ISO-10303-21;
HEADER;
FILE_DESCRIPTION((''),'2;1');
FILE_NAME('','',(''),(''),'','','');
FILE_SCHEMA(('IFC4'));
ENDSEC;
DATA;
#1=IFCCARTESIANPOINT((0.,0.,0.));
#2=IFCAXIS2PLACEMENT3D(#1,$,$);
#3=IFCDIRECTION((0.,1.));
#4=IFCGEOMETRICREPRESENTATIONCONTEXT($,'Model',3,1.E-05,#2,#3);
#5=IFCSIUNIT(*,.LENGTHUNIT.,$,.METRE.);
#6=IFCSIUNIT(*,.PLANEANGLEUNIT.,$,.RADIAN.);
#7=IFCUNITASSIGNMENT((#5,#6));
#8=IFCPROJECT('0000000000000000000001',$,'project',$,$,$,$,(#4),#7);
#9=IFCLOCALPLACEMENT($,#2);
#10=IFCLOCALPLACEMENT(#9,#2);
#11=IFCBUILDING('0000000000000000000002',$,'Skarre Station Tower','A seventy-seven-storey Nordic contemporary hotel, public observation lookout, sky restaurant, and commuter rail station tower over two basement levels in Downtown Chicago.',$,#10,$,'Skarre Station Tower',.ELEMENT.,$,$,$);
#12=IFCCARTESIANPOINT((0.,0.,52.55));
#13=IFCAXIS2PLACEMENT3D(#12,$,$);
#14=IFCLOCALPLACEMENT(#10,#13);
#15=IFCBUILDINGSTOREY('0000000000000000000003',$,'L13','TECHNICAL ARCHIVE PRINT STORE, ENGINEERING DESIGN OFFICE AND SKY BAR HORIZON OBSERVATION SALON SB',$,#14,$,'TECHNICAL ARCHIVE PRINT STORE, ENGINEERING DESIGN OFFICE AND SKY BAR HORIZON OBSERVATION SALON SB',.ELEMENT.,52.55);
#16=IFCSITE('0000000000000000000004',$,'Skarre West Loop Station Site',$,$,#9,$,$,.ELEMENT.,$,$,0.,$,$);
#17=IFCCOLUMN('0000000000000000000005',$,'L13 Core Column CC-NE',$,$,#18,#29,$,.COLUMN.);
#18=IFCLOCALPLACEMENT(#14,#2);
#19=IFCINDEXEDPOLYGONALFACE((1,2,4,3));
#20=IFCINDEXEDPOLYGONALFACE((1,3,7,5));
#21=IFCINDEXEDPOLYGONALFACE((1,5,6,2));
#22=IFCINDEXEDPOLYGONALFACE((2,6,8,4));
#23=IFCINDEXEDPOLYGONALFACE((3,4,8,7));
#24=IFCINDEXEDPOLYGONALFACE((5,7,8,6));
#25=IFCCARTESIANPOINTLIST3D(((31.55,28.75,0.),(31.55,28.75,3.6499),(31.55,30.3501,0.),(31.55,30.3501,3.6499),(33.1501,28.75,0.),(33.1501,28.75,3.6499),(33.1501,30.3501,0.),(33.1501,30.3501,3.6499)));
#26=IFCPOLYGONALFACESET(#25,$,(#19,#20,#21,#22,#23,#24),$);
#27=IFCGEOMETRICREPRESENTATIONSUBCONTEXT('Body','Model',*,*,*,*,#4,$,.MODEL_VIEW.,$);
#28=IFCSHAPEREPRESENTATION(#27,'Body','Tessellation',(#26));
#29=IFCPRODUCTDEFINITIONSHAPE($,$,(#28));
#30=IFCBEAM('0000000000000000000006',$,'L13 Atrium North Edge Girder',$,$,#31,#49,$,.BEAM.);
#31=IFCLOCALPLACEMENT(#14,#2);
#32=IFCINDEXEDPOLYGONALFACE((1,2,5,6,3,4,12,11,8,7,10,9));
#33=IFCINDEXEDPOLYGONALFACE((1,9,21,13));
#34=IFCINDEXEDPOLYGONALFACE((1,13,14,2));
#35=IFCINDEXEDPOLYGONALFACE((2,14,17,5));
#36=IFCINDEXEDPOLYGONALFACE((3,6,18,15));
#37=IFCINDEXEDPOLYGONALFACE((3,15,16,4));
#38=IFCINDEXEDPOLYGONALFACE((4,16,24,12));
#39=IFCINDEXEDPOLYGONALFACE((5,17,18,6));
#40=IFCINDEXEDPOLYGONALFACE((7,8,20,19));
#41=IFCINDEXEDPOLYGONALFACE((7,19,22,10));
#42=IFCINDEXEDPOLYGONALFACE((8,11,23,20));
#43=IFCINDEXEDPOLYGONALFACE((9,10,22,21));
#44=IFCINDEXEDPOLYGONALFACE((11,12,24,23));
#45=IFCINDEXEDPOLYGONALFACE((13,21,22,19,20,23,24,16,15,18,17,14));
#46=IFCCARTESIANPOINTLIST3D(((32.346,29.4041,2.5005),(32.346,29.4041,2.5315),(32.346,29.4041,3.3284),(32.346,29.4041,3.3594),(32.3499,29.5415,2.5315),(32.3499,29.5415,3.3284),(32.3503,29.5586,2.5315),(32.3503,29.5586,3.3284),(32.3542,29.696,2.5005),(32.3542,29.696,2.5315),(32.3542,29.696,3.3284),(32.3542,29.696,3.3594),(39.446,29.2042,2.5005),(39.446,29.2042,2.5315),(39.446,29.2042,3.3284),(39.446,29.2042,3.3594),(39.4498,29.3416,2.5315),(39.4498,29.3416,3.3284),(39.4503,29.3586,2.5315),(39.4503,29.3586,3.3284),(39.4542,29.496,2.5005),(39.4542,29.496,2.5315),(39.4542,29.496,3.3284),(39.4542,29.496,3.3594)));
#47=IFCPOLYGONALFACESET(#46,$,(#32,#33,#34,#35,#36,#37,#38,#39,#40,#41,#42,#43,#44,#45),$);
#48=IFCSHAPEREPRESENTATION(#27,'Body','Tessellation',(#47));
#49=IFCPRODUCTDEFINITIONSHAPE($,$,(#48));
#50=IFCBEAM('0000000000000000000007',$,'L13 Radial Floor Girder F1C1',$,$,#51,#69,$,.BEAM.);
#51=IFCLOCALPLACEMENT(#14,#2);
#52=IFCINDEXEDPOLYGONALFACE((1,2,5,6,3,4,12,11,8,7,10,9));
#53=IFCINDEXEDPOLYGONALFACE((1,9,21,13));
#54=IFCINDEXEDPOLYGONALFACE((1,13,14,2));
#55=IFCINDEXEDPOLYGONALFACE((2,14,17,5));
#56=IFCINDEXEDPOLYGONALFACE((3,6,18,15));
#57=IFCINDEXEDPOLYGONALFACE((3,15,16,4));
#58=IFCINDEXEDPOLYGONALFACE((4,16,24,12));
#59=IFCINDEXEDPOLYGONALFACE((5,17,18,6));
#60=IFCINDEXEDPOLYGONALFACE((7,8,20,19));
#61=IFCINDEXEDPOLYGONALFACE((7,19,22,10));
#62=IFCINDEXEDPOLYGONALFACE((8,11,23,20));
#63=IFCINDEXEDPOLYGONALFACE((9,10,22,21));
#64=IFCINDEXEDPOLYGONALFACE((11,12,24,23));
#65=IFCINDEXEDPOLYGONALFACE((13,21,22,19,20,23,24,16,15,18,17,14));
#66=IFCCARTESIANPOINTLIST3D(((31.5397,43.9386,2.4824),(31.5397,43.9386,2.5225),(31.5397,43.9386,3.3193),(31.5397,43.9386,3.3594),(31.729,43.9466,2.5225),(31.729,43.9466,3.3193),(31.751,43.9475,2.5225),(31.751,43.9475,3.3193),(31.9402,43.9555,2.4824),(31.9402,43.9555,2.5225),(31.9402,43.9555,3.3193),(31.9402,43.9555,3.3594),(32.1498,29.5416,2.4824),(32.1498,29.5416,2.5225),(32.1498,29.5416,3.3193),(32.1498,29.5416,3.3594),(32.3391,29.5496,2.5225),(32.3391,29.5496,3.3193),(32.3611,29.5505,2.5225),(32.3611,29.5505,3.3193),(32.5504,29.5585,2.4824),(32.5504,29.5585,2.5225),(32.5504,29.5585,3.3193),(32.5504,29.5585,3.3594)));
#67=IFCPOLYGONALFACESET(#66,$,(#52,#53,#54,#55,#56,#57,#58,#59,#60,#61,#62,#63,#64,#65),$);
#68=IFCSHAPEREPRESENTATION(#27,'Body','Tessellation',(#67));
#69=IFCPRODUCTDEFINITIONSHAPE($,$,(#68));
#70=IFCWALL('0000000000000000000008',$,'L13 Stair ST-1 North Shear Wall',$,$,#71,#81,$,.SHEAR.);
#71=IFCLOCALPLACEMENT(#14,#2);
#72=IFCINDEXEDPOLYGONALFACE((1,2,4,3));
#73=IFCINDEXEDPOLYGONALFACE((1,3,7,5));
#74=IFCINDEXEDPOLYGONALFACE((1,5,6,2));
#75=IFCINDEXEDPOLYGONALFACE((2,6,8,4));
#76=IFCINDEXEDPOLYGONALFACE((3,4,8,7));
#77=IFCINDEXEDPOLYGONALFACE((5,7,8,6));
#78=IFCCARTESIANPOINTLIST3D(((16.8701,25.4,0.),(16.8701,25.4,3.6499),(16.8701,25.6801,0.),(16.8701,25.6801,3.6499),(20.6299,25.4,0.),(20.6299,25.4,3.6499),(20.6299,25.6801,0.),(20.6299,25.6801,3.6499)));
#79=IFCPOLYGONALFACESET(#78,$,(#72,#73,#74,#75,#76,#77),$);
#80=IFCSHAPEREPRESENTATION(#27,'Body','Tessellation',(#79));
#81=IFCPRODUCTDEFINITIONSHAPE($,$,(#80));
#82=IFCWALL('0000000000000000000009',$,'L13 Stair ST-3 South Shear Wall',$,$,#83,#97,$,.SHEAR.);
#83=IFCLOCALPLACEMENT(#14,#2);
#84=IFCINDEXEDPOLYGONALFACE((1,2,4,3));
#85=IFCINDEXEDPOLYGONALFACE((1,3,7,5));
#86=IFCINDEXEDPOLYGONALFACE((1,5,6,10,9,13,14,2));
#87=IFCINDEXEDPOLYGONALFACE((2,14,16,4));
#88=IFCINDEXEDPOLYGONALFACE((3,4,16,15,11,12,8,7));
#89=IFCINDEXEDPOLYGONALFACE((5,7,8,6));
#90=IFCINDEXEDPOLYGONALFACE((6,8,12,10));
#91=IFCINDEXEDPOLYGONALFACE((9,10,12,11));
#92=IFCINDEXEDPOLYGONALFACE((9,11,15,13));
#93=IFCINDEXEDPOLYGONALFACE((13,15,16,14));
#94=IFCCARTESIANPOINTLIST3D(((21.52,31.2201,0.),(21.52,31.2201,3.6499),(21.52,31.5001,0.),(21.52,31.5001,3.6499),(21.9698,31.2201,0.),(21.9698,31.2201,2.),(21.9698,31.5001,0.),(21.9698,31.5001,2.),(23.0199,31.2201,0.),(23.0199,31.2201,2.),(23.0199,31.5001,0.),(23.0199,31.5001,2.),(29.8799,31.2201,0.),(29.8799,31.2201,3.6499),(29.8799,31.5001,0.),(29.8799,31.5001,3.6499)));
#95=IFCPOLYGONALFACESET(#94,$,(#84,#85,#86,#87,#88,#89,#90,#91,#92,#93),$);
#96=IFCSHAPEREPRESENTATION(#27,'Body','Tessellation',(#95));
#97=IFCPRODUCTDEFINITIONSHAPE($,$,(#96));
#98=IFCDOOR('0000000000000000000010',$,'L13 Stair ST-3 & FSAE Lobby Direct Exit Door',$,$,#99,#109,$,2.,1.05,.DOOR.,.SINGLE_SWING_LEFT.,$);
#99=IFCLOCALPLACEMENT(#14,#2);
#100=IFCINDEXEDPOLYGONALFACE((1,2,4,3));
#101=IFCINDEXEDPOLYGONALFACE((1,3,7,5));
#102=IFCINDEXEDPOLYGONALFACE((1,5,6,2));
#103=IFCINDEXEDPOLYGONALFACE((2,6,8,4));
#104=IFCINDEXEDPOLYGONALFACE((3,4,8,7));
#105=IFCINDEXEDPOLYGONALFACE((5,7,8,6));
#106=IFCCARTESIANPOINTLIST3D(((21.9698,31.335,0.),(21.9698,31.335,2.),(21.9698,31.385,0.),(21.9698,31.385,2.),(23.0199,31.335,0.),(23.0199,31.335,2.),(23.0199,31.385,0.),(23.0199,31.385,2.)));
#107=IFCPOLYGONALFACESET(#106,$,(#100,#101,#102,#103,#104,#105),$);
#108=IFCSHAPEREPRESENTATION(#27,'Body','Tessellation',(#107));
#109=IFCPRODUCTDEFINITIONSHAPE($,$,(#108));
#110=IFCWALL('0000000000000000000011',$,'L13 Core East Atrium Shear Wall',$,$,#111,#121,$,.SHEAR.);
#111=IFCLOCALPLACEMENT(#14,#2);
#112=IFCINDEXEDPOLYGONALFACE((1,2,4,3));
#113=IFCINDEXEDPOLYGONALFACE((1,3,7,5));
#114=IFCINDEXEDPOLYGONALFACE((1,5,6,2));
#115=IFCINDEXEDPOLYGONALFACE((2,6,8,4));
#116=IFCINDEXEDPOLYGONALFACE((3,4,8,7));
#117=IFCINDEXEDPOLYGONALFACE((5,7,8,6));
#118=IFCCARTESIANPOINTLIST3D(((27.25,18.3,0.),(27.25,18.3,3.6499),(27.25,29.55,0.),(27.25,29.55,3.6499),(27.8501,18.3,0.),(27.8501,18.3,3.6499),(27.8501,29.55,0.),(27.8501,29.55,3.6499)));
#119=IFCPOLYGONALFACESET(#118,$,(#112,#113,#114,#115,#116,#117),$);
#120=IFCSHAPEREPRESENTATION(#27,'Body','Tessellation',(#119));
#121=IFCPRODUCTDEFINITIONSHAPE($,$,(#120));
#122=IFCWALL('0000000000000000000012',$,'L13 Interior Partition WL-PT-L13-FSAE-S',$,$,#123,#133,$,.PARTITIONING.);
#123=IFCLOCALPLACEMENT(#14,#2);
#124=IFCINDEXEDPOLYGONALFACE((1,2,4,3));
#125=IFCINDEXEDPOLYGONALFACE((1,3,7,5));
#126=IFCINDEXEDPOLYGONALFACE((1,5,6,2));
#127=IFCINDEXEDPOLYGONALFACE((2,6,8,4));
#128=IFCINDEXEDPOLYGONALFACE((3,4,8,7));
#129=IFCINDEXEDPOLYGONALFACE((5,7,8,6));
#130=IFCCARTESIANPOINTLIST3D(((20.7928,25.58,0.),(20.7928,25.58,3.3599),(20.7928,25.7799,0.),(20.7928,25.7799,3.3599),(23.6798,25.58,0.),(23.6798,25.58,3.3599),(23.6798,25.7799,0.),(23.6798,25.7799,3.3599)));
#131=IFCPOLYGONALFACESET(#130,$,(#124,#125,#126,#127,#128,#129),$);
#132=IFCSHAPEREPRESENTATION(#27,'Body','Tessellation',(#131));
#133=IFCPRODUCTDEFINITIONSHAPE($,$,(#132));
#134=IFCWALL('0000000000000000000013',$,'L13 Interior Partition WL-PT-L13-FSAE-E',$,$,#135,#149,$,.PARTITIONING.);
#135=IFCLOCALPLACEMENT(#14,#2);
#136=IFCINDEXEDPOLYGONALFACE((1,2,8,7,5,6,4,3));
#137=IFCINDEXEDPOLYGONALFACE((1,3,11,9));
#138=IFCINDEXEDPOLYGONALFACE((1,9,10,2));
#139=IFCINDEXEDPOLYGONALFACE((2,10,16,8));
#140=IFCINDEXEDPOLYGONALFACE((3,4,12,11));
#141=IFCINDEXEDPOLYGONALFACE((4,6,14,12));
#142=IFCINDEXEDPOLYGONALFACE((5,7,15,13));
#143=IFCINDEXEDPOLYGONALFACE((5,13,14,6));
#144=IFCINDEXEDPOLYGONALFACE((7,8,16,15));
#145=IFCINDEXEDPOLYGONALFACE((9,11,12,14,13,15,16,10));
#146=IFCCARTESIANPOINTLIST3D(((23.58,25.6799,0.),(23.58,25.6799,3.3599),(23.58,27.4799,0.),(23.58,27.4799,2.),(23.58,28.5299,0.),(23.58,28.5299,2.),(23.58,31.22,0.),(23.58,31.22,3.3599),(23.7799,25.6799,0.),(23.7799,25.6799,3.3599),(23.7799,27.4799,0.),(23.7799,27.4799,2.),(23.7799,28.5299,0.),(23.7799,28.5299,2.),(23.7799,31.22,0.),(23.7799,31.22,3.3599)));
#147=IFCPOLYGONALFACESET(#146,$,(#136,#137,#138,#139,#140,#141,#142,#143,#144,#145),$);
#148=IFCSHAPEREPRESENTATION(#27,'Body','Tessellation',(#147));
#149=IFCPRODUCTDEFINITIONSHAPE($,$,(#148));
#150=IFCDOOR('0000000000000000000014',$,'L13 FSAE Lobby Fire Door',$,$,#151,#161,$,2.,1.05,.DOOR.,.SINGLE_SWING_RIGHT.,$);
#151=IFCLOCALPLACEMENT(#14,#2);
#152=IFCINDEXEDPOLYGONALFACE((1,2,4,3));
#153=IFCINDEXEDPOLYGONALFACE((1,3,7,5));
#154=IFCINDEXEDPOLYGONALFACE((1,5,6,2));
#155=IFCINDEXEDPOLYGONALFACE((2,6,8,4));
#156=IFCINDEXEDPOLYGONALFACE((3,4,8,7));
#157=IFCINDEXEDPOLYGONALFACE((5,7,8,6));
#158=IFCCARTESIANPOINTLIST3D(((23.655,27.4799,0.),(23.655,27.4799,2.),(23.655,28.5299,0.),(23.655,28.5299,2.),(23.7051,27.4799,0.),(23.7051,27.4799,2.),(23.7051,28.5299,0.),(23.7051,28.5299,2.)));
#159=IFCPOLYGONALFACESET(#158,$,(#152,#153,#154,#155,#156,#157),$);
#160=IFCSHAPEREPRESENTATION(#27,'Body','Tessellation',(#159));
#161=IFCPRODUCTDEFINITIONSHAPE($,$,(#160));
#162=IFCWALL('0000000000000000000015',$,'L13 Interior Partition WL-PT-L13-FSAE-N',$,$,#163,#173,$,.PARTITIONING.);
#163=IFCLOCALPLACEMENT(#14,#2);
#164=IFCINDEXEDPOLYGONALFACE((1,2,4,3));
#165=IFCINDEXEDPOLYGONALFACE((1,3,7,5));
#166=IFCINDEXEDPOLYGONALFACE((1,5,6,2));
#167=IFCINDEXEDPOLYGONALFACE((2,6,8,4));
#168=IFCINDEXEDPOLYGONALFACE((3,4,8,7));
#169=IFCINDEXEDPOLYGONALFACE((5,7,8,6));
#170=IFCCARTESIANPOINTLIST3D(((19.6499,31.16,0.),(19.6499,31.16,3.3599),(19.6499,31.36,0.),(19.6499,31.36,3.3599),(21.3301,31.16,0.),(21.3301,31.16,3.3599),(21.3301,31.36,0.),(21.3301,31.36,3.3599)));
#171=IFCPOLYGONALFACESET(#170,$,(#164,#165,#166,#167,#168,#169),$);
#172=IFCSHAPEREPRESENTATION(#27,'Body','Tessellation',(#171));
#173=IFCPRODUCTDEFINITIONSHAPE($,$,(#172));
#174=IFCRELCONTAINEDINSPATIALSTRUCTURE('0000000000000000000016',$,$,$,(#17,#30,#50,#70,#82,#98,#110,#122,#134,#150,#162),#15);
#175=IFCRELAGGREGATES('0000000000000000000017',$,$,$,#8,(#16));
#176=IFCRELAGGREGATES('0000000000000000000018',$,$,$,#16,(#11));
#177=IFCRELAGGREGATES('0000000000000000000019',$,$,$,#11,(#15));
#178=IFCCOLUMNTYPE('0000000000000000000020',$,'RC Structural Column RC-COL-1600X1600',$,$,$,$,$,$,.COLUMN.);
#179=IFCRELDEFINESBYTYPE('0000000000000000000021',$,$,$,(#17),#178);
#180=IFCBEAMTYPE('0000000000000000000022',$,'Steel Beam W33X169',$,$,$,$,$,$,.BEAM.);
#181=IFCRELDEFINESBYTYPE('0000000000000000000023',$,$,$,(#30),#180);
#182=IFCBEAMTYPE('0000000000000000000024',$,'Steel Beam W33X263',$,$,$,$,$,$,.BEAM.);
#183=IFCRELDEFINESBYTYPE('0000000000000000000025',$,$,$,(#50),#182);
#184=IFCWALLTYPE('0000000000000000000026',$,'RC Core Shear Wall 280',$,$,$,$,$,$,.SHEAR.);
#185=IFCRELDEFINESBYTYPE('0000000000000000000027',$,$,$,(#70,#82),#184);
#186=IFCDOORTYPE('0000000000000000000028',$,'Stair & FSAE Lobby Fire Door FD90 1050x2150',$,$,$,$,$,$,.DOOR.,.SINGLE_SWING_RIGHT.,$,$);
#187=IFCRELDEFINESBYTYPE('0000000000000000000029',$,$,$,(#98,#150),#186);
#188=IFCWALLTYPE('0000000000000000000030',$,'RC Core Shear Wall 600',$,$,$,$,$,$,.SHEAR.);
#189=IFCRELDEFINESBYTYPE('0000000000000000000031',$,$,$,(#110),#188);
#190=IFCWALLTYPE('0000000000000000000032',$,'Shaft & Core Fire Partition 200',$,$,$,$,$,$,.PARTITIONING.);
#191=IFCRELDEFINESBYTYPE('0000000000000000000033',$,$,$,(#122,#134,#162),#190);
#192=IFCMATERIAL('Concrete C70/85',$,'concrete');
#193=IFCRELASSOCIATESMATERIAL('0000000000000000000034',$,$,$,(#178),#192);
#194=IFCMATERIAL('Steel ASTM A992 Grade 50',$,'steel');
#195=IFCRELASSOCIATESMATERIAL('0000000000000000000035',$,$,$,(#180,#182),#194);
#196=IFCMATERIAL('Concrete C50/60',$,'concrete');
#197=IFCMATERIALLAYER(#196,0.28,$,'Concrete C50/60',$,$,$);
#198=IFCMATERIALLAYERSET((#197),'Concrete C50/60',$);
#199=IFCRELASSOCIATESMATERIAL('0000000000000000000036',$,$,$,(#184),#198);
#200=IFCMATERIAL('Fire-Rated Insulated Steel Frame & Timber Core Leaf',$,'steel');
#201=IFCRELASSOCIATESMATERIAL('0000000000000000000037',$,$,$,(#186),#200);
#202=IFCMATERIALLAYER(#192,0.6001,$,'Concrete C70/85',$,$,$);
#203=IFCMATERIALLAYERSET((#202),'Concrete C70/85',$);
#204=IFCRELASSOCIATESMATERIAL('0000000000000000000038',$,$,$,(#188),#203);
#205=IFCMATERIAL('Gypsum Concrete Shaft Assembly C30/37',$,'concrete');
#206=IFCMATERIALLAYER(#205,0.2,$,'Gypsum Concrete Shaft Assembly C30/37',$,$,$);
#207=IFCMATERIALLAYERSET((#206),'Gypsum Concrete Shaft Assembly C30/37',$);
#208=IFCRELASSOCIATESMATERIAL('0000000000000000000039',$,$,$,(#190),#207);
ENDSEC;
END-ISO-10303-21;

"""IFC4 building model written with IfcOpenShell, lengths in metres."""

from ifc_helpers import new_model, si_unit, direction, frame, frame_2d, origin, origin_2d, place, context, subcontext, project, spatial, rectangle, i_section, extrude, material, layer, layer_set, material_profile, profile_set, type_object, element, fill, save


model = new_model("IFC4")

# Units and contexts
model_context = context("Model", 3, precision=1e-05, world=origin(), true_north=direction((0.0, 1.0)))
body_context = subcontext(model_context, "Body", "Model", "MODEL_VIEW")
ifc_project = project(units=[si_unit("LENGTHUNIT", "METRE"), si_unit("PLANEANGLEUNIT", "RADIAN")], contexts=[model_context])

# Site, building, storey
site_placement = place(None, origin())
site = spatial("IfcSite", under=ifc_project, at=site_placement, Name="Skarre West Loop Station Site", CompositionType="ELEMENT", RefElevation=0.0)
building_placement = place(site_placement, origin())
building = spatial("IfcBuilding", under=site, at=building_placement, Name="Skarre Station Tower", Description="A seventy-seven-storey Nordic contemporary hotel, public observation lookout, sky restaurant, and commuter rail station tower over two basement levels in Downtown Chicago.", LongName="Skarre Station Tower", CompositionType="ELEMENT")
storey_placement = place(building_placement, frame((0.0, 0.0, 52.55)))
storey = spatial("IfcBuildingStorey", under=building, at=storey_placement, Name="L13", Description="TECHNICAL ARCHIVE PRINT STORE, ENGINEERING DESIGN OFFICE AND SKY BAR HORIZON OBSERVATION SALON SB", LongName="TECHNICAL ARCHIVE PRINT STORE, ENGINEERING DESIGN OFFICE AND SKY BAR HORIZON OBSERVATION SALON SB", CompositionType="ELEMENT", Elevation=52.55)

# Column
ifc_material_1 = material(Name="Concrete C70/85", Category="concrete")
ifc_material_profile_1 = material_profile(ifc_material_1, rectangle(XDim=1.6001, YDim=1.6001, at=origin_2d()), Name="Concrete C70/85")
ifc_profile_set_1 = profile_set([ifc_material_profile_1], Name="Concrete C70/85")
column_type = type_object("IfcColumnType", Name="RC Structural Column RC-COL-1600X1600", PredefinedType="COLUMN", material=ifc_profile_set_1)
column_placement = place(storey_placement, frame((32.3501, 29.55, 0.0), z_axis=(0.0, 0.0, 1.0), x_axis=(1.0, 0.0, 0.0)))
element("IfcColumn", 1, at=column_placement, inside=storey, type_object=column_type, Name="L13 Core Column CC-NE", PredefinedType="COLUMN", context=body_context, shape_type="SweptSolid", body=[
    extrude(rectangle(XDim=1.6001, YDim=1.6001, at=origin_2d()), origin(), (0.0, 0.0, 1.0), 3.6499),
])

# Beams
ifc_material_2 = material(Name="Steel ASTM A992 Grade 50", Category="steel")
ifc_material_profile_2 = material_profile(ifc_material_2, i_section(OverallWidth=0.292, OverallDepth=0.8589, WebThickness=0.0171, FlangeThickness=0.031, at=origin_2d()), Name="Steel ASTM A992 Grade 50")
ifc_profile_set_2 = profile_set([ifc_material_profile_2], Name="Steel ASTM A992 Grade 50")
beam_type_1 = type_object("IfcBeamType", Name="Steel Beam W33X169", PredefinedType="BEAM", material=ifc_profile_set_2)
beam_1_placement = place(storey_placement, frame((32.3501, 29.55, 2.9299), z_axis=(0.999604, -0.028152, 0.0), x_axis=(0.028152, 0.999604, 0.0)))
element("IfcBeam", 2, at=beam_1_placement, inside=storey, type_object=beam_type_1, Name="L13 Atrium North Edge Girder", PredefinedType="BEAM", context=body_context, shape_type="SweptSolid", body=[
    extrude(i_section(OverallWidth=0.292, OverallDepth=0.8589, WebThickness=0.0171, FlangeThickness=0.031, at=origin_2d()), origin(), (0.0, 0.0, 1.0), 7.1028),
])
ifc_material_profile_3 = material_profile(ifc_material_2, i_section(OverallWidth=0.4009, OverallDepth=0.877, WebThickness=0.022, FlangeThickness=0.04, at=origin_2d()), Name="Steel ASTM A992 Grade 50")
ifc_profile_set_3 = profile_set([ifc_material_profile_3], Name="Steel ASTM A992 Grade 50")
beam_type_2 = type_object("IfcBeamType", Name="Steel Beam W33X263", PredefinedType="BEAM", material=ifc_profile_set_3)
beam_2_placement = place(storey_placement, frame((32.3501, 29.55, 2.9209), z_axis=(-0.042339, 0.999103, 0.0), x_axis=(-0.999103, -0.042339, 0.0)))
element("IfcBeam", 3, at=beam_2_placement, inside=storey, type_object=beam_type_2, Name="L13 Radial Floor Girder F1C1", PredefinedType="BEAM", context=body_context, shape_type="SweptSolid", body=[
    extrude(i_section(OverallWidth=0.4009, OverallDepth=0.877, WebThickness=0.022, FlangeThickness=0.04, at=origin_2d()), origin(), (0.0, 0.0, 1.0), 14.4099),
])

# Wall
ifc_material_3 = material(Name="Concrete C50/60", Category="concrete")
ifc_layer_1 = layer(ifc_material_3, 0.28, Name="Concrete C50/60")
ifc_layer_set_1 = layer_set([ifc_layer_1], Name="Concrete C50/60")
wall_type_1 = type_object("IfcWallType", Name="RC Core Shear Wall 280", PredefinedType="SHEAR", material=ifc_layer_set_1)
wall_1_placement = place(storey_placement, frame((20.6299, 25.54, 0.0), z_axis=(0.0, 0.0, 1.0), x_axis=(-1.0, 0.0, 0.0)))
element("IfcWall", 4, at=wall_1_placement, inside=storey, type_object=wall_type_1, Name="L13 Stair ST-1 North Shear Wall", PredefinedType="SHEAR", context=body_context, shape_type="SweptSolid", body=[
    extrude(rectangle(XDim=3.7598, YDim=0.28, at=frame_2d((1.8799, 0.0))), origin(), (0.0, 0.0, 1.0), 3.6499),
])

# Wall, opening, door
wall_2_placement = place(storey_placement, frame((21.52, 31.3601, 0.0), z_axis=(0.0, 0.0, 1.0), x_axis=(1.0, 0.0, 0.0)))
wall_2 = element("IfcWall", 5, at=wall_2_placement, inside=storey, type_object=wall_type_1, Name="L13 Stair ST-3 South Shear Wall", PredefinedType="SHEAR", context=body_context, shape_type="SweptSolid", body=[
    extrude(rectangle(XDim=8.3599, YDim=0.28, at=frame_2d((4.1799, 0.0))), origin(), (0.0, 0.0, 1.0), 3.6499),
])
opening_1_placement = place(wall_2_placement, frame((0.45, 0.0, 0.0)))
opening_1 = element("IfcOpeningElement", 6, at=opening_1_placement, cuts=wall_2, PredefinedType="OPENING", context=body_context, shape_type="SweptSolid", body=[
    extrude(rectangle(XDim=1.05, YDim=2.0, at=frame_2d((0.5249, 1.0))), frame((0.0, 0.1499, 0.0), z_axis=(0.0, -1.0, 0.0), x_axis=(1.0, 0.0, 0.0)), (0.0, 0.0, 1.0), 0.3),
])
ifc_material_4 = material(Name="Fire-Rated Insulated Steel Frame & Timber Core Leaf", Category="steel")
door_type_1 = type_object("IfcDoorType", Name="Stair & FSAE Lobby Fire Door FD90 1050x2150", OperationType="SINGLE_SWING_RIGHT", PredefinedType="DOOR", material=ifc_material_4)
door_1_placement = place(opening_1_placement, origin())
door_1 = element("IfcDoor", 7, at=door_1_placement, inside=storey, type_object=door_type_1, Name="L13 Stair ST-3 & FSAE Lobby Direct Exit Door", OperationType="SINGLE_SWING_LEFT", OverallHeight=2.0, OverallWidth=1.05, PredefinedType="DOOR", context=body_context, shape_type="SweptSolid", body=[
    extrude(rectangle(XDim=1.05, YDim=2.0, at=frame_2d((0.5249, 1.0))), frame((0.0, 0.0249, 0.0), z_axis=(0.0, -1.0, 0.0), x_axis=(1.0, 0.0, 0.0)), (0.0, 0.0, 1.0), 0.05),
])
fill(opening_1, door_1)

# Walls
ifc_layer_2 = layer(ifc_material_1, 0.6001, Name="Concrete C70/85")
ifc_layer_set_2 = layer_set([ifc_layer_2], Name="Concrete C70/85")
wall_type_2 = type_object("IfcWallType", Name="RC Core Shear Wall 600", PredefinedType="SHEAR", material=ifc_layer_set_2)
wall_3_placement = place(storey_placement, frame((27.55, 29.55, 0.0), z_axis=(0.0, 0.0, 1.0), x_axis=(0.0, -1.0, 0.0)))
element("IfcWall", 8, at=wall_3_placement, inside=storey, type_object=wall_type_2, Name="L13 Core East Atrium Shear Wall", PredefinedType="SHEAR", context=body_context, shape_type="SweptSolid", body=[
    extrude(rectangle(XDim=11.25, YDim=0.6001, at=frame_2d((5.625, 0.0))), origin(), (0.0, 0.0, 1.0), 3.6499),
])
ifc_material_5 = material(Name="Gypsum Concrete Shaft Assembly C30/37", Category="concrete")
ifc_layer_3 = layer(ifc_material_5, 0.2, Name="Gypsum Concrete Shaft Assembly C30/37")
ifc_layer_set_3 = layer_set([ifc_layer_3], Name="Gypsum Concrete Shaft Assembly C30/37")
wall_type_3 = type_object("IfcWallType", Name="Shaft & Core Fire Partition 200", PredefinedType="PARTITIONING", material=ifc_layer_set_3)
wall_4_placement = place(storey_placement, frame((20.793, 25.6799, 0.0), z_axis=(0.0, 0.0, 1.0), x_axis=(1.0, 0.0, 0.0)))
element("IfcWall", 9, at=wall_4_placement, inside=storey, type_object=wall_type_3, Name="L13 Interior Partition WL-PT-L13-FSAE-S", PredefinedType="PARTITIONING", context=body_context, shape_type="SweptSolid", body=[
    extrude(rectangle(XDim=2.887, YDim=0.2, at=frame_2d((1.4434, 0.0))), origin(), (0.0, 0.0, 1.0), 3.3599),
])

# Wall, opening, door
wall_5_placement = place(storey_placement, frame((23.6799, 25.6799, 0.0), z_axis=(0.0, 0.0, 1.0), x_axis=(0.0, 1.0, 0.0)))
wall_5 = element("IfcWall", 10, at=wall_5_placement, inside=storey, type_object=wall_type_3, Name="L13 Interior Partition WL-PT-L13-FSAE-E", PredefinedType="PARTITIONING", context=body_context, shape_type="SweptSolid", body=[
    extrude(rectangle(XDim=5.54, YDim=0.2, at=frame_2d((2.77, 0.0))), origin(), (0.0, 0.0, 1.0), 3.3599),
])
opening_2_placement = place(wall_5_placement, frame((1.8, 0.0, 0.0)))
opening_2 = element("IfcOpeningElement", 11, at=opening_2_placement, cuts=wall_5, PredefinedType="OPENING", context=body_context, shape_type="SweptSolid", body=[
    extrude(rectangle(XDim=1.05, YDim=2.0, at=frame_2d((0.5249, 1.0))), frame((0.0, 0.1099, 0.0), z_axis=(0.0, -1.0, 0.0), x_axis=(1.0, 0.0, 0.0)), (0.0, 0.0, 1.0), 0.22),
])
door_2_placement = place(opening_2_placement, origin())
door_2 = element("IfcDoor", 12, at=door_2_placement, inside=storey, type_object=door_type_1, Name="L13 FSAE Lobby Fire Door", OperationType="SINGLE_SWING_RIGHT", OverallHeight=2.0, OverallWidth=1.05, PredefinedType="DOOR", context=body_context, shape_type="SweptSolid", body=[
    extrude(rectangle(XDim=1.05, YDim=2.0, at=frame_2d((0.5249, 1.0))), frame((0.0, 0.0249, 0.0), z_axis=(0.0, -1.0, 0.0), x_axis=(1.0, 0.0, 0.0)), (0.0, 0.0, 1.0), 0.05),
])
fill(opening_2, door_2)

# Wall
wall_6_placement = place(storey_placement, frame((21.3301, 31.26, 0.0), z_axis=(0.0, 0.0, 1.0), x_axis=(-1.0, 0.0, 0.0)))
element("IfcWall", 13, at=wall_6_placement, inside=storey, type_object=wall_type_3, Name="L13 Interior Partition WL-PT-L13-FSAE-N", PredefinedType="PARTITIONING", context=body_context, shape_type="SweptSolid", body=[
    extrude(rectangle(XDim=1.6802, YDim=0.2, at=frame_2d((0.8401, 0.0))), origin(), (0.0, 0.0, 1.0), 3.3599),
])

save(model, "model.ifc")
